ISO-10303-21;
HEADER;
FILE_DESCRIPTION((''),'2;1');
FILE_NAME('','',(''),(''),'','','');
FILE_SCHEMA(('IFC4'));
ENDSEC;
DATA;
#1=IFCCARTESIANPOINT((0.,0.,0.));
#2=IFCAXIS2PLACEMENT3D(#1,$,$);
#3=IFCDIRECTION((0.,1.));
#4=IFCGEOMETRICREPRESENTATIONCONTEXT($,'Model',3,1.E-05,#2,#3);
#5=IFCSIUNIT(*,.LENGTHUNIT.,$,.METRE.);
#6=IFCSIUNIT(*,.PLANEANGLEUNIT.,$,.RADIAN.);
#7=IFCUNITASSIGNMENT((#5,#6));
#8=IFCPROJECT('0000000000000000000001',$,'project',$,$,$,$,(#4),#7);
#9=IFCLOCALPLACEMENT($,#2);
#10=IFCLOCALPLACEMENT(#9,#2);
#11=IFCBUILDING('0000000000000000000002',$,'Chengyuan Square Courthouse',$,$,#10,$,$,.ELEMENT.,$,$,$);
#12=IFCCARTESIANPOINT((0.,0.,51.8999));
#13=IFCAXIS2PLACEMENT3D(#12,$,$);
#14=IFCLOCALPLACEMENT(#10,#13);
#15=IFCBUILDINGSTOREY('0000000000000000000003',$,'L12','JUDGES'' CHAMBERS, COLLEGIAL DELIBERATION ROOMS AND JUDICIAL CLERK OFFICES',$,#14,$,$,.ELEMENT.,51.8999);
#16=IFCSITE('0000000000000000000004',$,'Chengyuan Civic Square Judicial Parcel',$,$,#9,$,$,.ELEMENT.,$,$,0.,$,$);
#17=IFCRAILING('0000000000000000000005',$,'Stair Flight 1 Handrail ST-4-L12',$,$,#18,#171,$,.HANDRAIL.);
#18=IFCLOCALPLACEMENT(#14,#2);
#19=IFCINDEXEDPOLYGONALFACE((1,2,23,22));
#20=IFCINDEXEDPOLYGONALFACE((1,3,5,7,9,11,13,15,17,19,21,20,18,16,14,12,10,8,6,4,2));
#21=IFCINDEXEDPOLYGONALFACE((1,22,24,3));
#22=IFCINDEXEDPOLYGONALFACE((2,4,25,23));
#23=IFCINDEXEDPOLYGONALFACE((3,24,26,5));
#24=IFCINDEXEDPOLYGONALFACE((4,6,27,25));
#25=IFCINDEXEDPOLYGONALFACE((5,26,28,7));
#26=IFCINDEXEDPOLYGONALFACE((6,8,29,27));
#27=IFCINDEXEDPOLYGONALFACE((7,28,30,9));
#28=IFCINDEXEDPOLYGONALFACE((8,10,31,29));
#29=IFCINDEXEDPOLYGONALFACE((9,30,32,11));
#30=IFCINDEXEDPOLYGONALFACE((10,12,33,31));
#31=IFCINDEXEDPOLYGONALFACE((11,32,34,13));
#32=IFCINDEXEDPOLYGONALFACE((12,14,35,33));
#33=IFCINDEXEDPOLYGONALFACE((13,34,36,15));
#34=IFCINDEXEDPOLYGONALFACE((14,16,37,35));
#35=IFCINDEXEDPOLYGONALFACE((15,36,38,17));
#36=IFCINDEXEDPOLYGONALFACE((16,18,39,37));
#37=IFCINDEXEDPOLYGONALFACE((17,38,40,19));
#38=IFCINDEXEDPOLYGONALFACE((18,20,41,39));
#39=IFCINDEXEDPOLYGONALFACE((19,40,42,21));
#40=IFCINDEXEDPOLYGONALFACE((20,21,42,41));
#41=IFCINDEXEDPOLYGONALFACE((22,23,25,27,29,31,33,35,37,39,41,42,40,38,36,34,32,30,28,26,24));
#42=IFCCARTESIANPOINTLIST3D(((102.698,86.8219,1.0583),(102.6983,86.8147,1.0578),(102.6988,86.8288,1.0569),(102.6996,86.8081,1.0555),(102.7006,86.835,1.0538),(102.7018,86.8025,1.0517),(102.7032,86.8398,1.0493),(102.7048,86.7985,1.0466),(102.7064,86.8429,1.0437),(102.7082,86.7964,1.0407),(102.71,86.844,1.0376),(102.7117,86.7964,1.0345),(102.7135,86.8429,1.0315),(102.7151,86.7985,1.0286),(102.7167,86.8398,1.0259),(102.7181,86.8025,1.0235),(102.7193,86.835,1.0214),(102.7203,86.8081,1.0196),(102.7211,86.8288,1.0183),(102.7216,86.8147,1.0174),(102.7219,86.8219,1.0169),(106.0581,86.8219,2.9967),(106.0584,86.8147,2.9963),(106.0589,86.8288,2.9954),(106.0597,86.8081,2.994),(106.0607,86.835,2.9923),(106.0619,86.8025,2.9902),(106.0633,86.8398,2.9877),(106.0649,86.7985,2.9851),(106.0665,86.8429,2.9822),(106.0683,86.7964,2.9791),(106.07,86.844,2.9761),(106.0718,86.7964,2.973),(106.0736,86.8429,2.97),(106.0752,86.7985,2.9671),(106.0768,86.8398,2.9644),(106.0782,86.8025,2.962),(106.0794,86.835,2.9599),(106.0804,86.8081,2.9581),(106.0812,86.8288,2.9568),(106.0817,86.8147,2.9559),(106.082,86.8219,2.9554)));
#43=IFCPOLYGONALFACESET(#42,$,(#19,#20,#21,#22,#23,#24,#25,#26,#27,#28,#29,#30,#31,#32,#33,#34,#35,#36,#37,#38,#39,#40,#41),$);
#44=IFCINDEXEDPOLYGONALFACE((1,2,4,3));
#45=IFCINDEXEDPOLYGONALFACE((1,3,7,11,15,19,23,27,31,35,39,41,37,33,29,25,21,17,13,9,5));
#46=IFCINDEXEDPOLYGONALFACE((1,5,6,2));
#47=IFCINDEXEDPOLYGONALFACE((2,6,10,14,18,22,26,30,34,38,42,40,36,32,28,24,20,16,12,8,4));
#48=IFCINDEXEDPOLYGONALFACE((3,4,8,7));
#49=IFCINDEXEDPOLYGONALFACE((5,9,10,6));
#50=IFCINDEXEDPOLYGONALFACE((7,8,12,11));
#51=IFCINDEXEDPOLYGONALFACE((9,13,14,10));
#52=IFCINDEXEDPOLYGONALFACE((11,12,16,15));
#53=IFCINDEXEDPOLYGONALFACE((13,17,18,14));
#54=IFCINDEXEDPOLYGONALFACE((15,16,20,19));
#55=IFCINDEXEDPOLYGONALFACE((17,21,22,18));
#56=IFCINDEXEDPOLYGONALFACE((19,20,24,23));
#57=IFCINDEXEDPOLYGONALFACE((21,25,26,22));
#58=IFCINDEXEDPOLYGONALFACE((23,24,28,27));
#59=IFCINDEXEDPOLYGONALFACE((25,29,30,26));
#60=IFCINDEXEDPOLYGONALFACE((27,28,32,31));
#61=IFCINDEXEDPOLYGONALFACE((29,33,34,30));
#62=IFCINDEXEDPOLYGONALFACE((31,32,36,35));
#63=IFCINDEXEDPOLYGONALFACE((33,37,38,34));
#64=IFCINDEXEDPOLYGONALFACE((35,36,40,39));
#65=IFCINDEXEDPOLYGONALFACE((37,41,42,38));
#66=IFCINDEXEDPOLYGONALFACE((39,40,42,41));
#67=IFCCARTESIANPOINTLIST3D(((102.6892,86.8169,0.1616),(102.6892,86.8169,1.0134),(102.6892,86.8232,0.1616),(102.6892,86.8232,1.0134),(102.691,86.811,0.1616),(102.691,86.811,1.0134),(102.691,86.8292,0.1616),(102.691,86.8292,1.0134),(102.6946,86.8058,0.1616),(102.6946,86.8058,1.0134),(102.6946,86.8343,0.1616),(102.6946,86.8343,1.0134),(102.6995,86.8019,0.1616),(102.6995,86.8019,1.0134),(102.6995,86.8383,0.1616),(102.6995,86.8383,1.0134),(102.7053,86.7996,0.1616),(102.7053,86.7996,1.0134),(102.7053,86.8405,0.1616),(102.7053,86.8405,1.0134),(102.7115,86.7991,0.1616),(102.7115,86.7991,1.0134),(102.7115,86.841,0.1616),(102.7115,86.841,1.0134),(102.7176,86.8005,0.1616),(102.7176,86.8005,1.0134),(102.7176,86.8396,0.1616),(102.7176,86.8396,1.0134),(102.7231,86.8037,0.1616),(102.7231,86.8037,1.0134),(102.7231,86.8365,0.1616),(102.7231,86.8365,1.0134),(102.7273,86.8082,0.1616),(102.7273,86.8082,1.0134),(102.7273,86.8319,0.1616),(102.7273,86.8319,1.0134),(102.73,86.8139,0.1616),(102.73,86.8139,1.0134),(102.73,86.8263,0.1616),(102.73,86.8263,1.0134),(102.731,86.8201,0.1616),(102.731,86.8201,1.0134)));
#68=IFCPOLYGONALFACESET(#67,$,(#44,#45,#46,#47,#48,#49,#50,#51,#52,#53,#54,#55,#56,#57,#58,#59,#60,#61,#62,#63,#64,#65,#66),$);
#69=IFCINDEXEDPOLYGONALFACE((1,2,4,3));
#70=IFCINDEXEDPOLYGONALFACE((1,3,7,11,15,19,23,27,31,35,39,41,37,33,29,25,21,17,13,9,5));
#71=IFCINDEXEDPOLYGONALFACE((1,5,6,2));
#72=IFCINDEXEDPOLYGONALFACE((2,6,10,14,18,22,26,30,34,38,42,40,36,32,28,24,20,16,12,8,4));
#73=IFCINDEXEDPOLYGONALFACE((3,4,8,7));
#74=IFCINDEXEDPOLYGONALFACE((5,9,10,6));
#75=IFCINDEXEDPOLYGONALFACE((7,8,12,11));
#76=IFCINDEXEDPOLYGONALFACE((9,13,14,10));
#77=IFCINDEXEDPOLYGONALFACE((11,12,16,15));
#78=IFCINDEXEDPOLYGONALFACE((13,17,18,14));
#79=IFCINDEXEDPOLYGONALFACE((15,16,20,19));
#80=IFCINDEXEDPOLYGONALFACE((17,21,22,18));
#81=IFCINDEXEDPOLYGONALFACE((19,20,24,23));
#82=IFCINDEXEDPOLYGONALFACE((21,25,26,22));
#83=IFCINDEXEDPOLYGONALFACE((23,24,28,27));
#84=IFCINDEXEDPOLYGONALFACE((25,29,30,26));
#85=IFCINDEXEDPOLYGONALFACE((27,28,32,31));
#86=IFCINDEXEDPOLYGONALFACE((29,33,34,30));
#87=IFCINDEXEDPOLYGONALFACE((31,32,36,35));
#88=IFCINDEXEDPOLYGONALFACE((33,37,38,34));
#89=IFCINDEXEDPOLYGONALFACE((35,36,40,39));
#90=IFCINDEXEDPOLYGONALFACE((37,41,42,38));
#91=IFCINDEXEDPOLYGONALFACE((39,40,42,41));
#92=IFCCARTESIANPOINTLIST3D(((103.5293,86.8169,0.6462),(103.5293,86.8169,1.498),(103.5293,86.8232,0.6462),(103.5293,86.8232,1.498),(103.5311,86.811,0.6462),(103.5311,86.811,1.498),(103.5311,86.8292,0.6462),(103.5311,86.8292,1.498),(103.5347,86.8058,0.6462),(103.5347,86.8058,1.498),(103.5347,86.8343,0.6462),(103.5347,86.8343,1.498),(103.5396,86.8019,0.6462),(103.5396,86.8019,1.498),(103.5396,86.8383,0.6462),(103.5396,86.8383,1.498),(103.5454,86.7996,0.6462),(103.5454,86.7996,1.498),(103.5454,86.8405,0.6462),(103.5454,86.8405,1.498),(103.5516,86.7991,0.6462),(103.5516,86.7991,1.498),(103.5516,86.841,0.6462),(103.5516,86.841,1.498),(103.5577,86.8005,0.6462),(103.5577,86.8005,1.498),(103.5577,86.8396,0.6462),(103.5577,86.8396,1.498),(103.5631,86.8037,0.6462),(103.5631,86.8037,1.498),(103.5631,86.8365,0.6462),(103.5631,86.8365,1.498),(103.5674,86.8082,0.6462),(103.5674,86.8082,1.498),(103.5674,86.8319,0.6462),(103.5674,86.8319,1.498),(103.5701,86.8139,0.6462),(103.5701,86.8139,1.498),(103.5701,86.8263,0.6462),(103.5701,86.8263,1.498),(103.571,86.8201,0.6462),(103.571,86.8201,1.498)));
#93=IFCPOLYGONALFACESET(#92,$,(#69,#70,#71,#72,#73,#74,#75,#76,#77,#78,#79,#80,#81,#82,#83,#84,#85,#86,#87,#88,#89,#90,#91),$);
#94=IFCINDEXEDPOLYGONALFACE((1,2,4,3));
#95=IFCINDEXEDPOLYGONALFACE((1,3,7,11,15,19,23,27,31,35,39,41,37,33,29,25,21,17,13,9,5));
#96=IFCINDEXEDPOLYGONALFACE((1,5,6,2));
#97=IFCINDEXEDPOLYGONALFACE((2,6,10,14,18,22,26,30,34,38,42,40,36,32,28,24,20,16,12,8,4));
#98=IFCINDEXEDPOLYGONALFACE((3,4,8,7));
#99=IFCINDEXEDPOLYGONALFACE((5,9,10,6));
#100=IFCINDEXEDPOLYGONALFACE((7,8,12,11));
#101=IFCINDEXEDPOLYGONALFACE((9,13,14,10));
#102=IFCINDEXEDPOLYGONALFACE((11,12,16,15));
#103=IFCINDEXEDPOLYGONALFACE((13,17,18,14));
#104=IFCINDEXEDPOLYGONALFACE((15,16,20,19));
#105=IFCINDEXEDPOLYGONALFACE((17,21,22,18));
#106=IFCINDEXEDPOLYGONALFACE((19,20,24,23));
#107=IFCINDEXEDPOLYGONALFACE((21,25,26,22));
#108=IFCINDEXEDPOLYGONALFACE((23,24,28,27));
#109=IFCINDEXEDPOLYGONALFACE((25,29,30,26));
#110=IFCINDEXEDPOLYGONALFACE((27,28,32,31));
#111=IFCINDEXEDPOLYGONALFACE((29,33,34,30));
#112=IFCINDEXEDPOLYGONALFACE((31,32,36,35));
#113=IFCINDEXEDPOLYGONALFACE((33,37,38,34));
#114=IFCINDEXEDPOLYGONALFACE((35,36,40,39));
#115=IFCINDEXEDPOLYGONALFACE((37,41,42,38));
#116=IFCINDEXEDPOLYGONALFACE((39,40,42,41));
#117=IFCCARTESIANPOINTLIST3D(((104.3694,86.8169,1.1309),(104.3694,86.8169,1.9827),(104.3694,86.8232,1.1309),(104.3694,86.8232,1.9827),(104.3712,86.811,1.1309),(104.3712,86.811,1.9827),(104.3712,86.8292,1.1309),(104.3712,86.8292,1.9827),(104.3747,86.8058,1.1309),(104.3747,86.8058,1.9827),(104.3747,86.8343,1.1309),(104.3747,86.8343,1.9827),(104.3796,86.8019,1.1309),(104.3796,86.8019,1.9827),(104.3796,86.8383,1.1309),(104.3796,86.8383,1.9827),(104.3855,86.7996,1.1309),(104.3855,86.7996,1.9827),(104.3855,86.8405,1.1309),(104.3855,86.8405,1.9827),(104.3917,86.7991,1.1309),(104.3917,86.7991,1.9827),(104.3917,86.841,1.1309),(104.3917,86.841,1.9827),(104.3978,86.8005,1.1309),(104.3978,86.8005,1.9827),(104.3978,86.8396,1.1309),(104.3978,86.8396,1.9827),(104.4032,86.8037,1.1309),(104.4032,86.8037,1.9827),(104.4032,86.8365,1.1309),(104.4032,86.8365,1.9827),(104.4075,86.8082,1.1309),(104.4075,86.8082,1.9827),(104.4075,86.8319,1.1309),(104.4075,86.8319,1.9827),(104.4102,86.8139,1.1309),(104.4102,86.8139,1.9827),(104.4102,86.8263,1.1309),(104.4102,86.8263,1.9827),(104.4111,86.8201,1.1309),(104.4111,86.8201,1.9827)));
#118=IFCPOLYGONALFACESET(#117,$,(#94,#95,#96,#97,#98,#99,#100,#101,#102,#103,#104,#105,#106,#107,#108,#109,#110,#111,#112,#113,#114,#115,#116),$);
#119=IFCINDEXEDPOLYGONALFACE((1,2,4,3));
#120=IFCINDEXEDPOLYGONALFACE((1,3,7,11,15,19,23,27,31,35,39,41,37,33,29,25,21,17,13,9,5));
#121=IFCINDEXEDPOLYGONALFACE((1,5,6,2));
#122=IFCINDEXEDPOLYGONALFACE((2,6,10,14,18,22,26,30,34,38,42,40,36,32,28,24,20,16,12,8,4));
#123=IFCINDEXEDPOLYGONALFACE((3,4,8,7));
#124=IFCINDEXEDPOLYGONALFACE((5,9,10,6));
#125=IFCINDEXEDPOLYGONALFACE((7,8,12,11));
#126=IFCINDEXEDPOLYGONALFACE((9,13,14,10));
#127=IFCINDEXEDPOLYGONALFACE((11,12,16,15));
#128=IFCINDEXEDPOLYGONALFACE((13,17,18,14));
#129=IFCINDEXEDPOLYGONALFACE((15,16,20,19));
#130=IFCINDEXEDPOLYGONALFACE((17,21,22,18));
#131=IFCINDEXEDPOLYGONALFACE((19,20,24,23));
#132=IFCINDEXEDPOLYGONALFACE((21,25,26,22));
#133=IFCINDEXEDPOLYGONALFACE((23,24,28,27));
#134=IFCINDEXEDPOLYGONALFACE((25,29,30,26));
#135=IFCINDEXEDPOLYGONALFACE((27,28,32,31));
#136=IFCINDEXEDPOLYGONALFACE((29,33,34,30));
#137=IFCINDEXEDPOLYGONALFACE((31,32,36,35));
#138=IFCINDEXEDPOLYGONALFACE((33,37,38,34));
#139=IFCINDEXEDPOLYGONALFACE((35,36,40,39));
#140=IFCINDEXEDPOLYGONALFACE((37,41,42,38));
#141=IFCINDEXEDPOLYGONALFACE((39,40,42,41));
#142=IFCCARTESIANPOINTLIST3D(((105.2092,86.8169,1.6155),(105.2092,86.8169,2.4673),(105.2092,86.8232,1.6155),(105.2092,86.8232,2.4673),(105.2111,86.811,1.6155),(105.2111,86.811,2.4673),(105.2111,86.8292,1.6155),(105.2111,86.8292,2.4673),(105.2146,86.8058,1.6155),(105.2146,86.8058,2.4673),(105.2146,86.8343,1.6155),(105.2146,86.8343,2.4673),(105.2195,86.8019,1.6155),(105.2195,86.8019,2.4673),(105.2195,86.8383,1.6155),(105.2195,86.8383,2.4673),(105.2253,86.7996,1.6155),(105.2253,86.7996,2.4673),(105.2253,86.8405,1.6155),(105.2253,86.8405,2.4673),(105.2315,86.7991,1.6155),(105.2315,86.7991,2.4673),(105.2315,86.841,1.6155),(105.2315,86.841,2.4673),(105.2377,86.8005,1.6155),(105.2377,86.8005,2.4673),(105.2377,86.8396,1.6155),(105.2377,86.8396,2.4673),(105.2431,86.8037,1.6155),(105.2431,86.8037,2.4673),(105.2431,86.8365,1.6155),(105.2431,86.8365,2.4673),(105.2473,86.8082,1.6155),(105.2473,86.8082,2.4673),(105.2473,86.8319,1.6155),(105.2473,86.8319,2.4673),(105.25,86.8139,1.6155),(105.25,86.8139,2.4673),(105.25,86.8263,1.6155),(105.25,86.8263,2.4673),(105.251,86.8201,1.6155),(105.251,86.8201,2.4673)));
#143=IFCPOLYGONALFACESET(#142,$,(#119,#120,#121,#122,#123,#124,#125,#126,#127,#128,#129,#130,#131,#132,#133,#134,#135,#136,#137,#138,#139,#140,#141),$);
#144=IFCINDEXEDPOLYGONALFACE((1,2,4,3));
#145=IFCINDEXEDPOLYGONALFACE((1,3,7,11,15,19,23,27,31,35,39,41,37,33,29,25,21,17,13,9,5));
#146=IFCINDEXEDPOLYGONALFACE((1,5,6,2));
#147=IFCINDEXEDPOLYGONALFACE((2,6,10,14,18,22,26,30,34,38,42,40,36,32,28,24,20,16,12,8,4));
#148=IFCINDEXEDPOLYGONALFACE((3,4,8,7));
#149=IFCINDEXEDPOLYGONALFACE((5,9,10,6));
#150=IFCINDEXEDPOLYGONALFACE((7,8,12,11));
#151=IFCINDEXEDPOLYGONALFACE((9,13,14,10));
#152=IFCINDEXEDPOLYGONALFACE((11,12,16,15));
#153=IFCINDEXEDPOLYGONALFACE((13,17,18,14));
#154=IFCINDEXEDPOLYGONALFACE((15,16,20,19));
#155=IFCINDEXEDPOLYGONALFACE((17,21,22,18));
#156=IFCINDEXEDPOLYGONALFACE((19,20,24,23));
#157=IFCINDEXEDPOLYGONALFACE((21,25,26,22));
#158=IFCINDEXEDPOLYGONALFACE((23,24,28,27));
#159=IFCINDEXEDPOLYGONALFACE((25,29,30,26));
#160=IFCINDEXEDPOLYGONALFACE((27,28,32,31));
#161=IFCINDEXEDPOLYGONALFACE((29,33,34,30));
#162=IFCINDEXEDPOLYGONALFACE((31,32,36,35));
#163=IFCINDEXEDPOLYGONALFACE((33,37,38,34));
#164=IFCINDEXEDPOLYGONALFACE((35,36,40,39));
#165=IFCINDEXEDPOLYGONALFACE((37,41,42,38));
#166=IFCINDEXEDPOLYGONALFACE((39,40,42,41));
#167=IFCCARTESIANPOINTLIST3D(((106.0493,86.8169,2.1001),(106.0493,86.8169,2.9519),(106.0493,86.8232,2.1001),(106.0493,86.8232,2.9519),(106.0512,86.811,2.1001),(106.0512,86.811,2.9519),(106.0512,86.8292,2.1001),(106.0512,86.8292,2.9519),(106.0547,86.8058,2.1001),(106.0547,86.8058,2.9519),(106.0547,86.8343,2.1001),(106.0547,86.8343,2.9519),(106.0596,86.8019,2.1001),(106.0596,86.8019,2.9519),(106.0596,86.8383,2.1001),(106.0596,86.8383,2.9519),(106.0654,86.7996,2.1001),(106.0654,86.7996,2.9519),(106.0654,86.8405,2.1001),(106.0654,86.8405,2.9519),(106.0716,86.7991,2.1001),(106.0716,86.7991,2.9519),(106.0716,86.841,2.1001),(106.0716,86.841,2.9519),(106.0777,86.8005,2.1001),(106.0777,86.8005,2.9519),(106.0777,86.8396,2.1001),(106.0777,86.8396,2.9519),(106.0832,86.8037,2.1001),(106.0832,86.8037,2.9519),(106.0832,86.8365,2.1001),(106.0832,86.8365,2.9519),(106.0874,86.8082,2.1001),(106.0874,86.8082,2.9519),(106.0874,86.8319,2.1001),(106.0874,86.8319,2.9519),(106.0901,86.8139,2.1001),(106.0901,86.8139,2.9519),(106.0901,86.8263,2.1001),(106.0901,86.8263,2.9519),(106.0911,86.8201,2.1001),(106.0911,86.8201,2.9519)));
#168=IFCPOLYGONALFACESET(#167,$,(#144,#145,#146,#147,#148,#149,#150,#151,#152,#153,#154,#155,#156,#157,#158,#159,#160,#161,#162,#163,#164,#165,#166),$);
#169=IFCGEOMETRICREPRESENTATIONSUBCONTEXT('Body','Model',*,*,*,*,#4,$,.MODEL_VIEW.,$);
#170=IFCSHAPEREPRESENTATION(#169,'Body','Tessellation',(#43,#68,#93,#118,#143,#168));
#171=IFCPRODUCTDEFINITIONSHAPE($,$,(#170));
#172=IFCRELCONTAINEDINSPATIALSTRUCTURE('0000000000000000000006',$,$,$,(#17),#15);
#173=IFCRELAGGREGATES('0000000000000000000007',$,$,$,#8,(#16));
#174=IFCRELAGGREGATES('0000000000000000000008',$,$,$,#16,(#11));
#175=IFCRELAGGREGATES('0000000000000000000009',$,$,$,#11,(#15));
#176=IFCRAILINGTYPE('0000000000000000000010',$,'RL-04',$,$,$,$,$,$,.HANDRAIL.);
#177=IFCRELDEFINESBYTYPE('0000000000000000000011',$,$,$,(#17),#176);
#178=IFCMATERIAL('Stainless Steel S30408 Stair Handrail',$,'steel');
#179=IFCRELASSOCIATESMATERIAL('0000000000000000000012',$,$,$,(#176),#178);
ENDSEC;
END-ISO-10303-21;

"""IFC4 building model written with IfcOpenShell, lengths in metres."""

from ifc_helpers import new_model, si_unit, direction, frame, origin, origin_2d, place, context, subcontext, project, spatial, circle, extrude, material, type_object, element, save


model = new_model("IFC4")

# Units and contexts
model_context = context("Model", 3, precision=1e-05, world=origin(), true_north=direction((0.0, 1.0)))
body_context = subcontext(model_context, "Body", "Model", "MODEL_VIEW")
ifc_project = project(units=[si_unit("LENGTHUNIT", "METRE"), si_unit("PLANEANGLEUNIT", "RADIAN")], contexts=[model_context])

# Site, building, storey
site_placement = place(None, origin())
site = spatial("IfcSite", under=ifc_project, at=site_placement, Name="Chengyuan Civic Square Judicial Parcel", CompositionType="ELEMENT", RefElevation=0.0)
building_placement = place(site_placement, origin())
building = spatial("IfcBuilding", under=site, at=building_placement, Name="Chengyuan Square Courthouse", CompositionType="ELEMENT")
storey_placement = place(building_placement, frame((0.0, 0.0, 51.8999)))
storey = spatial("IfcBuildingStorey", under=building, at=storey_placement, Name="L12", Description="JUDGES' CHAMBERS, COLLEGIAL DELIBERATION ROOMS AND JUDICIAL CLERK OFFICES", CompositionType="ELEMENT", Elevation=51.8999)

# Railing
ifc_material_1 = material(Name="Stainless Steel S30408 Stair Handrail", Category="steel")
railing_type_1 = type_object("IfcRailingType", Name="RL-04", PredefinedType="HANDRAIL", material=ifc_material_1)
railing_1_placement = place(storey_placement, frame((102.71, 86.8201, 0.1616)))
element("IfcRailing", 1, at=railing_1_placement, inside=storey, type_object=railing_type_1, Name="Stair Flight 1 Handrail ST-4-L12", PredefinedType="HANDRAIL", context=body_context, shape_type="SweptSolid", body=[
    extrude(circle(Radius=0.0239, at=origin_2d()), frame((0.0, 0.0, 0.876), z_axis=(0.866191, 0.0, 0.499713), x_axis=(0.0, 1.0, 0.0)), (0.0, 0.0, 1.0), 3.8792),
    extrude(circle(Radius=0.021, at=origin_2d()), origin(), (0.0, 0.0, 1.0), 0.8518),
    extrude(circle(Radius=0.021, at=origin_2d()), frame((0.8401, 0.0, 0.4846)), (0.0, 0.0, 1.0), 0.8518),
    extrude(circle(Radius=0.021, at=origin_2d()), frame((1.6802, 0.0, 0.9692)), (0.0, 0.0, 1.0), 0.8518),
    extrude(circle(Radius=0.021, at=origin_2d()), frame((2.52, 0.0, 1.4539)), (0.0, 0.0, 1.0), 0.8518),
    extrude(circle(Radius=0.021, at=origin_2d()), frame((3.3601, 0.0, 1.9385)), (0.0, 0.0, 1.0), 0.8518),
])

save(model, "model.ifc")
